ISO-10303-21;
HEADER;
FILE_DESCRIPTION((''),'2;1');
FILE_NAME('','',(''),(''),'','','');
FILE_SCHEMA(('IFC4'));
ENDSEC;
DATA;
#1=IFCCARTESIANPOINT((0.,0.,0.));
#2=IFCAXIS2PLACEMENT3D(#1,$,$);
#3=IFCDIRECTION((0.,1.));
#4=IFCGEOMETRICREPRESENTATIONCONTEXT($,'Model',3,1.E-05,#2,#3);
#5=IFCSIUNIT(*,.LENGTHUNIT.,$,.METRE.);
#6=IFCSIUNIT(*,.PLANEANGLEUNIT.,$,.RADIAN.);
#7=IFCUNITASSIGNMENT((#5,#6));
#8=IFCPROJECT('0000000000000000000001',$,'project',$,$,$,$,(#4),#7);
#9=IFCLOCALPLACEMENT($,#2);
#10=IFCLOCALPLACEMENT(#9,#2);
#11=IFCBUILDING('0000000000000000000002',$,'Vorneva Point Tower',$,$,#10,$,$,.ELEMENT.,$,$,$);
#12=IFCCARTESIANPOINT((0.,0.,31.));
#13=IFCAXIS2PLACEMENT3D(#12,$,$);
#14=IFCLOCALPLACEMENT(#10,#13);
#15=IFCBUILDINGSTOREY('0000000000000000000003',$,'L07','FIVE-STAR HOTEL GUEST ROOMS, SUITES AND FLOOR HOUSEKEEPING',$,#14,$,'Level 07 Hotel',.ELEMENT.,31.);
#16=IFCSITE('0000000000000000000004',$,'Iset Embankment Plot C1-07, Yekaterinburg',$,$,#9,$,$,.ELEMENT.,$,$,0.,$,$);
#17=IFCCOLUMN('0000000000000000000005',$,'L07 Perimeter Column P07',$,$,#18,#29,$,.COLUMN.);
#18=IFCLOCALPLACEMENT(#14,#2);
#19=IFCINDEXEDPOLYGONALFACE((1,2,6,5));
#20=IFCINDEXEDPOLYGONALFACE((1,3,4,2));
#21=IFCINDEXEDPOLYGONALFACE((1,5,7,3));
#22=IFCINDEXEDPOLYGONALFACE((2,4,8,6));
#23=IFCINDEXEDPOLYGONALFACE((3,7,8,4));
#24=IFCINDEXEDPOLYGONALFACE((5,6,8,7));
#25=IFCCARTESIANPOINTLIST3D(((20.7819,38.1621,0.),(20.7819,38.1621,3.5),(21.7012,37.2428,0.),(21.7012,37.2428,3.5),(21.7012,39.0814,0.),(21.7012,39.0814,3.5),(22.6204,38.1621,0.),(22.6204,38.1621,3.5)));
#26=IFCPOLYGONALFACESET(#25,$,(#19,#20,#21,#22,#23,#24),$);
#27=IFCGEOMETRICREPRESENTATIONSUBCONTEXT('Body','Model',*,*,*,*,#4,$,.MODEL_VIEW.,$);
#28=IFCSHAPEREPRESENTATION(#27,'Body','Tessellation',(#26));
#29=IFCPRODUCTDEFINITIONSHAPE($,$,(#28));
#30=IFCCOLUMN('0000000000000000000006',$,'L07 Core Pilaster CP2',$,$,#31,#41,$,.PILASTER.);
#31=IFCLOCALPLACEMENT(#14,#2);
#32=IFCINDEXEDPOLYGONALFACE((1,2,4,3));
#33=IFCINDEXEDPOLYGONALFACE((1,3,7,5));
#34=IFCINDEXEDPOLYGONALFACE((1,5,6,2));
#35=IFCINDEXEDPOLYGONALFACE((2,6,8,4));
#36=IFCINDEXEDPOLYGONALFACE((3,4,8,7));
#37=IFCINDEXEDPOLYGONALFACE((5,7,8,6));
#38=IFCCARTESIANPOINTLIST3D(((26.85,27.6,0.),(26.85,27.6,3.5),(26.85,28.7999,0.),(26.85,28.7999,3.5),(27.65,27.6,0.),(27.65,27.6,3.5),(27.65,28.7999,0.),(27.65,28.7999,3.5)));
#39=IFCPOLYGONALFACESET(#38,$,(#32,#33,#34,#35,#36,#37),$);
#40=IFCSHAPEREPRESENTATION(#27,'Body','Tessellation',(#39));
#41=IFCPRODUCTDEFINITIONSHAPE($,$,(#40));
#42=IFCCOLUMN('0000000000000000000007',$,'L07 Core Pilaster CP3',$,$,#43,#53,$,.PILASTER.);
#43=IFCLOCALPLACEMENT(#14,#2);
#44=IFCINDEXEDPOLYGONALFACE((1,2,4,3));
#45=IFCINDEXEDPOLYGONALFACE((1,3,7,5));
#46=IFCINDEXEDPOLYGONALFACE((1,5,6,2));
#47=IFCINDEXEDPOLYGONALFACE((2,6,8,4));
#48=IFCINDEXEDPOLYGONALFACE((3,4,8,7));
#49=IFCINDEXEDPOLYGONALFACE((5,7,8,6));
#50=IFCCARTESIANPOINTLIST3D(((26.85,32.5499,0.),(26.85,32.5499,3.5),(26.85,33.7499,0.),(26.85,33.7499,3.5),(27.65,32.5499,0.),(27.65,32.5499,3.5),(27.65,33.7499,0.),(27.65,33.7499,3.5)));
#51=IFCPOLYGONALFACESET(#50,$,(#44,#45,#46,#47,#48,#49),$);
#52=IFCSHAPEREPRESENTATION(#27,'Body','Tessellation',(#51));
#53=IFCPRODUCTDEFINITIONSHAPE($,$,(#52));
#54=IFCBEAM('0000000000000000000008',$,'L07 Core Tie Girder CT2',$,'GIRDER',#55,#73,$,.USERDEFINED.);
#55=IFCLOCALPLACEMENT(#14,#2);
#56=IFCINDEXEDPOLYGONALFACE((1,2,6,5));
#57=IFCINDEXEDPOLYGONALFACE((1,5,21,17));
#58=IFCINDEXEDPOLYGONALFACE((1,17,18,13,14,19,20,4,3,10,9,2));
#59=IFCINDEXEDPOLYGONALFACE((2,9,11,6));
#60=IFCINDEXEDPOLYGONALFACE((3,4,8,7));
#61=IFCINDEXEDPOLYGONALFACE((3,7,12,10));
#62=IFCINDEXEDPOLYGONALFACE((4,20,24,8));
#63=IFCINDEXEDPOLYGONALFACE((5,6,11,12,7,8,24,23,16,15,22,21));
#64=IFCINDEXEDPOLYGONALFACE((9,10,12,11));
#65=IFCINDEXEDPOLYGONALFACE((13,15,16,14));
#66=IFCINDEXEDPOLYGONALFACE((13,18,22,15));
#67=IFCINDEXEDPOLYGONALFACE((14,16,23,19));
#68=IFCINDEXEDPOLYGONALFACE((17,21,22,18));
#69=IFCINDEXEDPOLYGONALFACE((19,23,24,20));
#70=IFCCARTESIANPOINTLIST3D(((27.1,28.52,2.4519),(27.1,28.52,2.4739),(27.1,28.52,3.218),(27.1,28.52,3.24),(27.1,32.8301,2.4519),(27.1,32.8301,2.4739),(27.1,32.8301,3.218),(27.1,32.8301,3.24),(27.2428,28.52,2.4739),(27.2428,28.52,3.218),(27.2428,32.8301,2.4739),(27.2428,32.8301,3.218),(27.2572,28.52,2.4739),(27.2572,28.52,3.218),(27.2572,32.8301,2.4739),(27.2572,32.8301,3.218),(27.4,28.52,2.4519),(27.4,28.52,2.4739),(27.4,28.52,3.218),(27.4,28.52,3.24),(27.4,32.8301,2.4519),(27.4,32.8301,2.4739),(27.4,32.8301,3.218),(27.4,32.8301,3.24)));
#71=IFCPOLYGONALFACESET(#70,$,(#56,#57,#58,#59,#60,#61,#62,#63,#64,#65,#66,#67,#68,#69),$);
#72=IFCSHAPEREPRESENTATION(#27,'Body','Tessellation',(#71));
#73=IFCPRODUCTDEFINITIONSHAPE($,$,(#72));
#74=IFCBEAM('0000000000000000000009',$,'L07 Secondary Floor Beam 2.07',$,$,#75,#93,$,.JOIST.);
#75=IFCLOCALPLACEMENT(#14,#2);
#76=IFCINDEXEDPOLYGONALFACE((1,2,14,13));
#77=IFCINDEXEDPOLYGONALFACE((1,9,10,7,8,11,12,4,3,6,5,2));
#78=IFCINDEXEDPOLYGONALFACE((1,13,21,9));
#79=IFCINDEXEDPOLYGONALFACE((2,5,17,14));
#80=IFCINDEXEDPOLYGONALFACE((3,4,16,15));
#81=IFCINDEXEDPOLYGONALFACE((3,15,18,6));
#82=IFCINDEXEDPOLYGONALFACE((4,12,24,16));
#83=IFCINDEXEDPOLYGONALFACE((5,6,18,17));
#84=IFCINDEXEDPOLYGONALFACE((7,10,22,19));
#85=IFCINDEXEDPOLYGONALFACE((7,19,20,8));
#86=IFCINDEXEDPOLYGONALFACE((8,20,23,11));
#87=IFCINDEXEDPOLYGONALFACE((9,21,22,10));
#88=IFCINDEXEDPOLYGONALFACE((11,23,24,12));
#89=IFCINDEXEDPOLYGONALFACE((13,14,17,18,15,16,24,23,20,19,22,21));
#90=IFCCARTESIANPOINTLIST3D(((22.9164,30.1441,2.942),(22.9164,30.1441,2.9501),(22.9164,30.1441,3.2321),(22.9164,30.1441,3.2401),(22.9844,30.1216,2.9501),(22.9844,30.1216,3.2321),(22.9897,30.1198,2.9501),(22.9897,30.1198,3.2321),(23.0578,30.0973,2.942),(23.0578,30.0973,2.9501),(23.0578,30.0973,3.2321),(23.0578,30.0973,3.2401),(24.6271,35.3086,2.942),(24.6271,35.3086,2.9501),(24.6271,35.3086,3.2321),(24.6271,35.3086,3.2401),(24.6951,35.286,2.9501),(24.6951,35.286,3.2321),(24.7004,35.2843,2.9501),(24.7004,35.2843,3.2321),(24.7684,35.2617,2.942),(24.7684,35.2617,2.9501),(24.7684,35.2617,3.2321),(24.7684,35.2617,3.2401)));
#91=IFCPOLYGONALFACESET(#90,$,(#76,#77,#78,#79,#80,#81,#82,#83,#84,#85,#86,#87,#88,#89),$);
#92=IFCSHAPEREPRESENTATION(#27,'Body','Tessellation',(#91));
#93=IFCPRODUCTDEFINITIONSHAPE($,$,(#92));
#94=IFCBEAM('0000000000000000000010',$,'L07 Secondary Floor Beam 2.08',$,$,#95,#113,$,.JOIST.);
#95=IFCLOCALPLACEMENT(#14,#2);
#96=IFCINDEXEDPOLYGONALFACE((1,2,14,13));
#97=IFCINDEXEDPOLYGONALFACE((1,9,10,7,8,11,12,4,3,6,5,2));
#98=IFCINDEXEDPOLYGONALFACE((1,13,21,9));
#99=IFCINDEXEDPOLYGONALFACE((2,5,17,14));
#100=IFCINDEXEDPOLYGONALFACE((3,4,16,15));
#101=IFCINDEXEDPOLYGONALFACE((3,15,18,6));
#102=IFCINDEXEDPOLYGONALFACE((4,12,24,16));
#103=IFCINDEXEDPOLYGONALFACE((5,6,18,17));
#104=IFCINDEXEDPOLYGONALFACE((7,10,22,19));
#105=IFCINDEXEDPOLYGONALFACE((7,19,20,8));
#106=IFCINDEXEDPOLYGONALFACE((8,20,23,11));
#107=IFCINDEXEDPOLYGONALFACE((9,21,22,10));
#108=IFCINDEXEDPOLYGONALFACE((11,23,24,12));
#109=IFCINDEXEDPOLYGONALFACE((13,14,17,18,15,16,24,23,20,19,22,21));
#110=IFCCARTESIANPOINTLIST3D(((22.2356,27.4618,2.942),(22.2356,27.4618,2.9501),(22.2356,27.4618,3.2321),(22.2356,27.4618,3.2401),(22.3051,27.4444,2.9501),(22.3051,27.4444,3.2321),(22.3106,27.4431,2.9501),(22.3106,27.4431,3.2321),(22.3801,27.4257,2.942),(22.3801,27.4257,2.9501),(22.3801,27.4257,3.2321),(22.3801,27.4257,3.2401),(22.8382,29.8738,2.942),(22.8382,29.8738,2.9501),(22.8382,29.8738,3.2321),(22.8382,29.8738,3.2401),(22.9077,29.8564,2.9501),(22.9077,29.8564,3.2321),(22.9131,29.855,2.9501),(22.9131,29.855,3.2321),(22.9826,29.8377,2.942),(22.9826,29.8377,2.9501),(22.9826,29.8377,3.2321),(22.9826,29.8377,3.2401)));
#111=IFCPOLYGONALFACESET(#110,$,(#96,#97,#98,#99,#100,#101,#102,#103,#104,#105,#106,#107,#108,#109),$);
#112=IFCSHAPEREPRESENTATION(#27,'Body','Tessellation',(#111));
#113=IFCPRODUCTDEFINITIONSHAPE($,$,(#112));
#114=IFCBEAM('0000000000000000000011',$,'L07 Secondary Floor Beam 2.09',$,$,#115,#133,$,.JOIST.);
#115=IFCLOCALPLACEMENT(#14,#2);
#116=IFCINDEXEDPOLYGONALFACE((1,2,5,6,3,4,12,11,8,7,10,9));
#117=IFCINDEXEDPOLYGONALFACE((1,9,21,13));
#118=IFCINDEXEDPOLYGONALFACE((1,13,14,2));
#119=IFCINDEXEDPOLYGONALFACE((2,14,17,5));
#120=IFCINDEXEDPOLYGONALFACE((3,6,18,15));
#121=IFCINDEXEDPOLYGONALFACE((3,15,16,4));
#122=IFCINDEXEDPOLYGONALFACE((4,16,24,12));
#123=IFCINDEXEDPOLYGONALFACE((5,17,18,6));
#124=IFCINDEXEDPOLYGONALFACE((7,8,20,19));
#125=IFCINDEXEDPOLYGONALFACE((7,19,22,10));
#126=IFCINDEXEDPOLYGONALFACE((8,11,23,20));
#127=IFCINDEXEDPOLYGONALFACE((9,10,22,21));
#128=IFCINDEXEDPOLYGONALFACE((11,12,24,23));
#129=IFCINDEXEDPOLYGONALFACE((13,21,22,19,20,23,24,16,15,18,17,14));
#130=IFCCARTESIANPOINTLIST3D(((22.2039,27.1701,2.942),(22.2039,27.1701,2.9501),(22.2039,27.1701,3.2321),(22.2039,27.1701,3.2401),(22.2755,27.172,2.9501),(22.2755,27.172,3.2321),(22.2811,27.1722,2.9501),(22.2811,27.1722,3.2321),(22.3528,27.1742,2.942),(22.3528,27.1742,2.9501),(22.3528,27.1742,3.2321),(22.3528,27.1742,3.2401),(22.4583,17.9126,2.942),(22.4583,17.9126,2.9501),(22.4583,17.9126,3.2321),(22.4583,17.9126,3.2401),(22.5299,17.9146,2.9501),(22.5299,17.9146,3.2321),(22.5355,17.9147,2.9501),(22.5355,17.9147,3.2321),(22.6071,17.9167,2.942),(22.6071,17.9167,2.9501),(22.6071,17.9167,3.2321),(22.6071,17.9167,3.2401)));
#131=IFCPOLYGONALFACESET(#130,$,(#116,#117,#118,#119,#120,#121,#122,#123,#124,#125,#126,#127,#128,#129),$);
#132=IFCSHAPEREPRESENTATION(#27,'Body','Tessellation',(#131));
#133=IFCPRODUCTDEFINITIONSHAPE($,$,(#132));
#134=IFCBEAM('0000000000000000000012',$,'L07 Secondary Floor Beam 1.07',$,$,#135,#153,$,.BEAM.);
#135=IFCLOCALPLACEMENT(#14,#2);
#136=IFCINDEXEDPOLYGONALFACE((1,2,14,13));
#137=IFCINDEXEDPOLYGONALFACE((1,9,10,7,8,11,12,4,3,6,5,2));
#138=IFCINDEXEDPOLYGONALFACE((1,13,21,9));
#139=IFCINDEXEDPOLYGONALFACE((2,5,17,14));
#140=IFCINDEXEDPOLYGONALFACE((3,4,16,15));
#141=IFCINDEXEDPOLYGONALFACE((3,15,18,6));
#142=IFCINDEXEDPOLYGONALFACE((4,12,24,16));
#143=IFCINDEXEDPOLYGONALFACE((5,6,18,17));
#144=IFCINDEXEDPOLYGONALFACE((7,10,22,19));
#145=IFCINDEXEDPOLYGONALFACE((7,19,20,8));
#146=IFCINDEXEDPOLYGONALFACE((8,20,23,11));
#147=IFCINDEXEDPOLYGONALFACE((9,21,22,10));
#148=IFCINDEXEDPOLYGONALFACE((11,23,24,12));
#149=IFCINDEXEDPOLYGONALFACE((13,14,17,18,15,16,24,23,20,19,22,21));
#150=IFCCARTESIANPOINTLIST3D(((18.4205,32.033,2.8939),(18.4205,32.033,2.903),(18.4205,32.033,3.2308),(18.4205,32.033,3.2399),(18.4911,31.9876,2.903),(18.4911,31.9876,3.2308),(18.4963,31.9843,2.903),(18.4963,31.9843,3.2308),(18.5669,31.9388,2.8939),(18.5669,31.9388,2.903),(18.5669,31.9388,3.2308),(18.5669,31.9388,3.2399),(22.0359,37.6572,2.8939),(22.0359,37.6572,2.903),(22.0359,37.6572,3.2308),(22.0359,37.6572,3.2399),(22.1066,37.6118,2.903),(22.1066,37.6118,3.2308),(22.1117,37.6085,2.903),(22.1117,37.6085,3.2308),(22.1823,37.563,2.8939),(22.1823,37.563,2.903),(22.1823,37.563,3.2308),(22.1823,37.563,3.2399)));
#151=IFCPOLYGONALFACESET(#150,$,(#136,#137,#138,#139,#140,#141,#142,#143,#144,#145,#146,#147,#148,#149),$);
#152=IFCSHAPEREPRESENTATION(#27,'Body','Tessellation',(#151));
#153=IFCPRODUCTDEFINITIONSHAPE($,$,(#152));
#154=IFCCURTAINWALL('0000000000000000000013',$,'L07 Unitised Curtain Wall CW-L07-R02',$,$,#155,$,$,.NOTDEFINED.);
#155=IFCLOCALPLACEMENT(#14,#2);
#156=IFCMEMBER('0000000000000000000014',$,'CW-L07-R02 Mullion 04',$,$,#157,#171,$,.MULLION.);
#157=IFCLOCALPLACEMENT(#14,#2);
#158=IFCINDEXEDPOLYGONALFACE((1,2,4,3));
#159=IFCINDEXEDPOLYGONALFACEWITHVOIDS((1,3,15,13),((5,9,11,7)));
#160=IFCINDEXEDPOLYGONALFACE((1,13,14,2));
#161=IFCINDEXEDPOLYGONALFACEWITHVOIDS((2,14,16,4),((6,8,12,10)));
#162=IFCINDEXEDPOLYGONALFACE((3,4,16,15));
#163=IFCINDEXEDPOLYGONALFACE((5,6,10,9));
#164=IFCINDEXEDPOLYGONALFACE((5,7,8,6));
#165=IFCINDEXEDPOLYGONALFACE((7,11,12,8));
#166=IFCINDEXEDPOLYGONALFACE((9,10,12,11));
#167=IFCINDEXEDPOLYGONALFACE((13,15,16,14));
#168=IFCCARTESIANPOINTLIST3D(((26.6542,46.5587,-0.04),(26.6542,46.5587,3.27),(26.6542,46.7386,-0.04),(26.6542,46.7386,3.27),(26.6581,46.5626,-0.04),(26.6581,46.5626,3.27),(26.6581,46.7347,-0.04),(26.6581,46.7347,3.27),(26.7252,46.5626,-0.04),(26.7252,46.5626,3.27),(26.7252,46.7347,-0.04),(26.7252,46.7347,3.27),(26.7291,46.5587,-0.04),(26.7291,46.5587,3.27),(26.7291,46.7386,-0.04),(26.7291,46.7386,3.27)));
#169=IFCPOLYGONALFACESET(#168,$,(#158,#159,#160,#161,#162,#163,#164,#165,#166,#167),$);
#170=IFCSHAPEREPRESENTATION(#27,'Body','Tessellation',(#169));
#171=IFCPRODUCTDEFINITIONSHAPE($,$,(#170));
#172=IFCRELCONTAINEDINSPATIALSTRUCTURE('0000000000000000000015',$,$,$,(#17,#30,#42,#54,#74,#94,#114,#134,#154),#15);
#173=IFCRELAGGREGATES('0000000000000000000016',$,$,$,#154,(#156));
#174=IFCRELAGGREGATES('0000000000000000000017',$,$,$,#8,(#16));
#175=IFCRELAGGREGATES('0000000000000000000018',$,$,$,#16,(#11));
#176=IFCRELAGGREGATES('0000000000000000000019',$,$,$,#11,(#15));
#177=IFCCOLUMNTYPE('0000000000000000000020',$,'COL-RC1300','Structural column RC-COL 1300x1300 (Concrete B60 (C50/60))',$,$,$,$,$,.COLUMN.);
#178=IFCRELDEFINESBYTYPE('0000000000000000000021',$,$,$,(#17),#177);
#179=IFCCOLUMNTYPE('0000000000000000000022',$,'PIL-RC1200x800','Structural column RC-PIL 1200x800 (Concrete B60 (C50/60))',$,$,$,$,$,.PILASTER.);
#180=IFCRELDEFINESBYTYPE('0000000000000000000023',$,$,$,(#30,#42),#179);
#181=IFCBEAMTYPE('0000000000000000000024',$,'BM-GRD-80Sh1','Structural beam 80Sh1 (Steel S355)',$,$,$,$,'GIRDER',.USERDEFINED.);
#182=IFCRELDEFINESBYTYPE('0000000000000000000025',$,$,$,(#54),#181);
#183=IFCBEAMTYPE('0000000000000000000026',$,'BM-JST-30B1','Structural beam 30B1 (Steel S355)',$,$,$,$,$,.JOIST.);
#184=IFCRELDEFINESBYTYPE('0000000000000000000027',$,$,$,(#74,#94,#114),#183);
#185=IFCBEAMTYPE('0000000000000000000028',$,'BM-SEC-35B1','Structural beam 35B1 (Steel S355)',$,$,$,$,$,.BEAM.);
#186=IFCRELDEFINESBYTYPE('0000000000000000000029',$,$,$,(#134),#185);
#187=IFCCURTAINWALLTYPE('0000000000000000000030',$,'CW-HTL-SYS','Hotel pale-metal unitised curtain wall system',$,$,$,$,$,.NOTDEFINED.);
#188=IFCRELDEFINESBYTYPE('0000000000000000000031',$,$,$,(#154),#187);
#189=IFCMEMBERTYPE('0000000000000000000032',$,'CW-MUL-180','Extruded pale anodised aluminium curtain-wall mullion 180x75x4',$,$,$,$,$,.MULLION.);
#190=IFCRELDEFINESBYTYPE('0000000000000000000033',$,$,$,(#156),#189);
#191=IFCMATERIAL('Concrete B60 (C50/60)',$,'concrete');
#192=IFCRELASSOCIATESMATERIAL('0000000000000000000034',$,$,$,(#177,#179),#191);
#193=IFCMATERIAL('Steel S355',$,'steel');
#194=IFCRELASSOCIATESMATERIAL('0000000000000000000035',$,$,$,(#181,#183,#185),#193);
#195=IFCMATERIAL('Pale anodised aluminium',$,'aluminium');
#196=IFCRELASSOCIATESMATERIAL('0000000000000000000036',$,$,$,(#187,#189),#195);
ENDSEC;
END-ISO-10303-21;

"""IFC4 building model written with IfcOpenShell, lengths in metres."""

from ifc_helpers import new_model, si_unit, direction, frame, origin, origin_2d, place, context, subcontext, project, spatial, rectangle, hollow_rectangle, i_section, extrude, material, material_profile, profile_set, type_object, element, aggregate, save


model = new_model("IFC4")

# Units and contexts
model_context = context("Model", 3, precision=1e-05, world=origin(), true_north=direction((0.0, 1.0)))
body_context = subcontext(model_context, "Body", "Model", "MODEL_VIEW")
ifc_project = project(units=[si_unit("LENGTHUNIT", "METRE"), si_unit("PLANEANGLEUNIT", "RADIAN")], contexts=[model_context])

# Site, building, storey
site_placement = place(None, origin())
site = spatial("IfcSite", under=ifc_project, at=site_placement, Name="Iset Embankment Plot C1-07, Yekaterinburg", CompositionType="ELEMENT", RefElevation=0.0)
building_placement = place(site_placement, origin())
building = spatial("IfcBuilding", under=site, at=building_placement, Name="Vorneva Point Tower", CompositionType="ELEMENT")
storey_placement = place(building_placement, frame((0.0, 0.0, 31.0)))
storey = spatial("IfcBuildingStorey", under=building, at=storey_placement, Name="L07", Description="FIVE-STAR HOTEL GUEST ROOMS, SUITES AND FLOOR HOUSEKEEPING", LongName="Level 07 Hotel", CompositionType="ELEMENT", Elevation=31.0)

# Columns
ifc_material_1 = material(Name="Concrete B60 (C50/60)", Category="concrete")
ifc_material_profile_1 = material_profile(ifc_material_1, rectangle(XDim=1.3, YDim=1.3, at=origin_2d()), Name="RC-COL 1300x1300")
ifc_profile_set_1 = profile_set([ifc_material_profile_1], Name="Concrete B60 (C50/60)")
column_type_1 = type_object("IfcColumnType", Name="COL-RC1300", Description="Structural column RC-COL 1300x1300 (Concrete B60 (C50/60))", PredefinedType="COLUMN", material=ifc_profile_set_1)
column_placement = place(storey_placement, frame((21.7012, 38.1621, 0.0), z_axis=(0.0, 0.0, 1.0), x_axis=(-0.707107, 0.707107, 0.0)))
element("IfcColumn", 1, at=column_placement, inside=storey, type_object=column_type_1, Name="L07 Perimeter Column P07", PredefinedType="COLUMN", context=body_context, shape_type="SweptSolid", body=[
    extrude(rectangle(XDim=1.3, YDim=1.3, at=origin_2d()), origin(), (0.0, 0.0, 1.0), 3.5),
])
ifc_material_profile_2 = material_profile(ifc_material_1, rectangle(XDim=0.8, YDim=1.2, at=origin_2d()), Name="RC-PIL 1200x800")
ifc_profile_set_2 = profile_set([ifc_material_profile_2], Name="Concrete B60 (C50/60)")
column_type_2 = type_object("IfcColumnType", Name="PIL-RC1200x800", Description="Structural column RC-PIL 1200x800 (Concrete B60 (C50/60))", PredefinedType="PILASTER", material=ifc_profile_set_2)
for number, where, z_axis, x_axis, name in (
    (2, (27.25, 28.2, 0.0), (0.0, 0.0, 1.0), (1.0, 0.0, 0.0), "L07 Core Pilaster CP2"),
    (3, (27.25, 33.1499, 0.0), (0.0, 0.0, 1.0), (1.0, 0.0, 0.0), "L07 Core Pilaster CP3"),
):
    element("IfcColumn", number, at=place(storey_placement, frame(where, z_axis=z_axis, x_axis=x_axis)), inside=storey, type_object=column_type_2, Name=name, PredefinedType="PILASTER", context=body_context, shape_type="SweptSolid", body=[
        extrude(rectangle(XDim=0.8, YDim=1.2, at=origin_2d()), origin(), (0.0, 0.0, 1.0), 3.5),
    ])

# Beams
ifc_material_2 = material(Name="Steel S355", Category="steel")
ifc_material_profile_3 = material_profile(ifc_material_2, i_section(OverallWidth=0.3, OverallDepth=0.7881, WebThickness=0.0144, FlangeThickness=0.022, at=origin_2d()), Name="80Sh1")
ifc_profile_set_3 = profile_set([ifc_material_profile_3], Name="Steel S355")
beam_type_1 = type_object("IfcBeamType", Name="BM-GRD-80Sh1", Description="Structural beam 80Sh1 (Steel S355)", ElementType="GIRDER", PredefinedType="USERDEFINED", material=ifc_profile_set_3)
beam_1_placement = place(storey_placement, frame((27.25, 28.52, 2.8459), z_axis=(0.0, 1.0, 0.0), x_axis=(-1.0, 0.0, 0.0)))
element("IfcBeam", 4, at=beam_1_placement, inside=storey, type_object=beam_type_1, Name="L07 Core Tie Girder CT2", ObjectType="GIRDER", PredefinedType="USERDEFINED", context=body_context, shape_type="SweptSolid", body=[
    extrude(i_section(OverallWidth=0.3, OverallDepth=0.7881, WebThickness=0.0144, FlangeThickness=0.022, at=origin_2d()), origin(), (0.0, 0.0, 1.0), 4.3101),
])
ifc_material_profile_4 = material_profile(ifc_material_2, i_section(OverallWidth=0.1489, OverallDepth=0.2981, WebThickness=0.0056, FlangeThickness=0.0081, at=origin_2d()), Name="30B1")
ifc_profile_set_4 = profile_set([ifc_material_profile_4], Name="Steel S355")
beam_type_2 = type_object("IfcBeamType", Name="BM-JST-30B1", Description="Structural beam 30B1 (Steel S355)", PredefinedType="JOIST", material=ifc_profile_set_4)
beam_2_placement = place(storey_placement, frame((24.6978, 35.2852, 3.0911), z_axis=(-0.314437, -0.949278, 0.0), x_axis=(0.949278, -0.314437, 0.0)))
element("IfcBeam", 5, at=beam_2_placement, inside=storey, type_object=beam_type_2, Name="L07 Secondary Floor Beam 2.07", PredefinedType="JOIST", context=body_context, shape_type="SweptSolid", body=[
    extrude(i_section(OverallWidth=0.1489, OverallDepth=0.2981, WebThickness=0.0056, FlangeThickness=0.0081, at=origin_2d()), origin(), (0.0, 0.0, 1.0), 5.4404),
])
beam_3_placement = place(storey_placement, frame((22.9104, 29.8557, 3.0911), z_axis=(-0.242374, -0.970183, 0.0), x_axis=(0.970183, -0.242374, 0.0)))
element("IfcBeam", 6, at=beam_3_placement, inside=storey, type_object=beam_type_2, Name="L07 Secondary Floor Beam 2.08", PredefinedType="JOIST", context=body_context, shape_type="SweptSolid", body=[
    extrude(i_section(OverallWidth=0.1489, OverallDepth=0.2981, WebThickness=0.0056, FlangeThickness=0.0081, at=origin_2d()), origin(), (0.0, 0.0, 1.0), 2.4861),
])
beam_4_placement = place(storey_placement, frame((22.2783, 27.1721, 3.0911), z_axis=(0.027469, -0.999623, 0.0), x_axis=(0.999623, 0.027469, 0.0)))
element("IfcBeam", 7, at=beam_4_placement, inside=storey, type_object=beam_type_2, Name="L07 Secondary Floor Beam 2.09", PredefinedType="JOIST", context=body_context, shape_type="SweptSolid", body=[
    extrude(i_section(OverallWidth=0.1489, OverallDepth=0.2981, WebThickness=0.0056, FlangeThickness=0.0081, at=origin_2d()), origin(), (0.0, 0.0, 1.0), 9.261),
])
ifc_material_profile_5 = material_profile(ifc_material_2, i_section(OverallWidth=0.1741, OverallDepth=0.3459, WebThickness=0.0061, FlangeThickness=0.009, at=origin_2d()), Name="35B1")
ifc_profile_set_5 = profile_set([ifc_material_profile_5], Name="Steel S355")
beam_type_3 = type_object("IfcBeamType", Name="BM-SEC-35B1", Description="Structural beam 35B1 (Steel S355)", PredefinedType="BEAM", material=ifc_profile_set_5)
beam_5_placement = place(storey_placement, frame((22.1091, 37.6101, 3.0669), z_axis=(-0.540745, -0.841187, 0.0), x_axis=(0.841187, -0.540745, 0.0)))
element("IfcBeam", 8, at=beam_5_placement, inside=storey, type_object=beam_type_3, Name="L07 Secondary Floor Beam 1.07", PredefinedType="BEAM", context=body_context, shape_type="SweptSolid", body=[
    extrude(i_section(OverallWidth=0.1741, OverallDepth=0.3459, WebThickness=0.0061, FlangeThickness=0.009, at=origin_2d()), origin(), (0.0, 0.0, 1.0), 6.686),
])

# Curtain wall, member
ifc_material_3 = material(Name="Pale anodised aluminium", Category="aluminium")
curtain_wall_type = type_object("IfcCurtainWallType", Name="CW-HTL-SYS", Description="Hotel pale-metal unitised curtain wall system", PredefinedType="NOTDEFINED", material=ifc_material_3)
curtain_wall_placement = place(storey_placement, origin())
curtain_wall = element("IfcCurtainWall", 9, at=curtain_wall_placement, inside=storey, type_object=curtain_wall_type, Name="L07 Unitised Curtain Wall CW-L07-R02", PredefinedType="NOTDEFINED")
ifc_material_profile_6 = material_profile(ifc_material_3, hollow_rectangle(XDim=0.075, YDim=0.1799, WallThickness=0.0039, at=origin_2d()), Name="AL-MUL 180x75x4")
ifc_profile_set_6 = profile_set([ifc_material_profile_6], Name="Pale anodised aluminium")
member_type = type_object("IfcMemberType", Name="CW-MUL-180", Description="Extruded pale anodised aluminium curtain-wall mullion 180x75x4", PredefinedType="MULLION", material=ifc_profile_set_6)
member_placement = place(storey_placement, frame((26.6917, 46.6487, -0.04), z_axis=(0.0, 0.0, 1.0), x_axis=(1.0, 0.0, 0.0)))
member = element("IfcMember", 10, at=member_placement, type_object=member_type, Name="CW-L07-R02 Mullion 04", PredefinedType="MULLION", context=body_context, shape_type="SweptSolid", body=[
    extrude(hollow_rectangle(XDim=0.075, YDim=0.1799, WallThickness=0.0039, at=origin_2d()), origin(), (0.0, 0.0, 1.0), 3.3101),
])
aggregate(curtain_wall, [member])

save(model, "model.ifc")
